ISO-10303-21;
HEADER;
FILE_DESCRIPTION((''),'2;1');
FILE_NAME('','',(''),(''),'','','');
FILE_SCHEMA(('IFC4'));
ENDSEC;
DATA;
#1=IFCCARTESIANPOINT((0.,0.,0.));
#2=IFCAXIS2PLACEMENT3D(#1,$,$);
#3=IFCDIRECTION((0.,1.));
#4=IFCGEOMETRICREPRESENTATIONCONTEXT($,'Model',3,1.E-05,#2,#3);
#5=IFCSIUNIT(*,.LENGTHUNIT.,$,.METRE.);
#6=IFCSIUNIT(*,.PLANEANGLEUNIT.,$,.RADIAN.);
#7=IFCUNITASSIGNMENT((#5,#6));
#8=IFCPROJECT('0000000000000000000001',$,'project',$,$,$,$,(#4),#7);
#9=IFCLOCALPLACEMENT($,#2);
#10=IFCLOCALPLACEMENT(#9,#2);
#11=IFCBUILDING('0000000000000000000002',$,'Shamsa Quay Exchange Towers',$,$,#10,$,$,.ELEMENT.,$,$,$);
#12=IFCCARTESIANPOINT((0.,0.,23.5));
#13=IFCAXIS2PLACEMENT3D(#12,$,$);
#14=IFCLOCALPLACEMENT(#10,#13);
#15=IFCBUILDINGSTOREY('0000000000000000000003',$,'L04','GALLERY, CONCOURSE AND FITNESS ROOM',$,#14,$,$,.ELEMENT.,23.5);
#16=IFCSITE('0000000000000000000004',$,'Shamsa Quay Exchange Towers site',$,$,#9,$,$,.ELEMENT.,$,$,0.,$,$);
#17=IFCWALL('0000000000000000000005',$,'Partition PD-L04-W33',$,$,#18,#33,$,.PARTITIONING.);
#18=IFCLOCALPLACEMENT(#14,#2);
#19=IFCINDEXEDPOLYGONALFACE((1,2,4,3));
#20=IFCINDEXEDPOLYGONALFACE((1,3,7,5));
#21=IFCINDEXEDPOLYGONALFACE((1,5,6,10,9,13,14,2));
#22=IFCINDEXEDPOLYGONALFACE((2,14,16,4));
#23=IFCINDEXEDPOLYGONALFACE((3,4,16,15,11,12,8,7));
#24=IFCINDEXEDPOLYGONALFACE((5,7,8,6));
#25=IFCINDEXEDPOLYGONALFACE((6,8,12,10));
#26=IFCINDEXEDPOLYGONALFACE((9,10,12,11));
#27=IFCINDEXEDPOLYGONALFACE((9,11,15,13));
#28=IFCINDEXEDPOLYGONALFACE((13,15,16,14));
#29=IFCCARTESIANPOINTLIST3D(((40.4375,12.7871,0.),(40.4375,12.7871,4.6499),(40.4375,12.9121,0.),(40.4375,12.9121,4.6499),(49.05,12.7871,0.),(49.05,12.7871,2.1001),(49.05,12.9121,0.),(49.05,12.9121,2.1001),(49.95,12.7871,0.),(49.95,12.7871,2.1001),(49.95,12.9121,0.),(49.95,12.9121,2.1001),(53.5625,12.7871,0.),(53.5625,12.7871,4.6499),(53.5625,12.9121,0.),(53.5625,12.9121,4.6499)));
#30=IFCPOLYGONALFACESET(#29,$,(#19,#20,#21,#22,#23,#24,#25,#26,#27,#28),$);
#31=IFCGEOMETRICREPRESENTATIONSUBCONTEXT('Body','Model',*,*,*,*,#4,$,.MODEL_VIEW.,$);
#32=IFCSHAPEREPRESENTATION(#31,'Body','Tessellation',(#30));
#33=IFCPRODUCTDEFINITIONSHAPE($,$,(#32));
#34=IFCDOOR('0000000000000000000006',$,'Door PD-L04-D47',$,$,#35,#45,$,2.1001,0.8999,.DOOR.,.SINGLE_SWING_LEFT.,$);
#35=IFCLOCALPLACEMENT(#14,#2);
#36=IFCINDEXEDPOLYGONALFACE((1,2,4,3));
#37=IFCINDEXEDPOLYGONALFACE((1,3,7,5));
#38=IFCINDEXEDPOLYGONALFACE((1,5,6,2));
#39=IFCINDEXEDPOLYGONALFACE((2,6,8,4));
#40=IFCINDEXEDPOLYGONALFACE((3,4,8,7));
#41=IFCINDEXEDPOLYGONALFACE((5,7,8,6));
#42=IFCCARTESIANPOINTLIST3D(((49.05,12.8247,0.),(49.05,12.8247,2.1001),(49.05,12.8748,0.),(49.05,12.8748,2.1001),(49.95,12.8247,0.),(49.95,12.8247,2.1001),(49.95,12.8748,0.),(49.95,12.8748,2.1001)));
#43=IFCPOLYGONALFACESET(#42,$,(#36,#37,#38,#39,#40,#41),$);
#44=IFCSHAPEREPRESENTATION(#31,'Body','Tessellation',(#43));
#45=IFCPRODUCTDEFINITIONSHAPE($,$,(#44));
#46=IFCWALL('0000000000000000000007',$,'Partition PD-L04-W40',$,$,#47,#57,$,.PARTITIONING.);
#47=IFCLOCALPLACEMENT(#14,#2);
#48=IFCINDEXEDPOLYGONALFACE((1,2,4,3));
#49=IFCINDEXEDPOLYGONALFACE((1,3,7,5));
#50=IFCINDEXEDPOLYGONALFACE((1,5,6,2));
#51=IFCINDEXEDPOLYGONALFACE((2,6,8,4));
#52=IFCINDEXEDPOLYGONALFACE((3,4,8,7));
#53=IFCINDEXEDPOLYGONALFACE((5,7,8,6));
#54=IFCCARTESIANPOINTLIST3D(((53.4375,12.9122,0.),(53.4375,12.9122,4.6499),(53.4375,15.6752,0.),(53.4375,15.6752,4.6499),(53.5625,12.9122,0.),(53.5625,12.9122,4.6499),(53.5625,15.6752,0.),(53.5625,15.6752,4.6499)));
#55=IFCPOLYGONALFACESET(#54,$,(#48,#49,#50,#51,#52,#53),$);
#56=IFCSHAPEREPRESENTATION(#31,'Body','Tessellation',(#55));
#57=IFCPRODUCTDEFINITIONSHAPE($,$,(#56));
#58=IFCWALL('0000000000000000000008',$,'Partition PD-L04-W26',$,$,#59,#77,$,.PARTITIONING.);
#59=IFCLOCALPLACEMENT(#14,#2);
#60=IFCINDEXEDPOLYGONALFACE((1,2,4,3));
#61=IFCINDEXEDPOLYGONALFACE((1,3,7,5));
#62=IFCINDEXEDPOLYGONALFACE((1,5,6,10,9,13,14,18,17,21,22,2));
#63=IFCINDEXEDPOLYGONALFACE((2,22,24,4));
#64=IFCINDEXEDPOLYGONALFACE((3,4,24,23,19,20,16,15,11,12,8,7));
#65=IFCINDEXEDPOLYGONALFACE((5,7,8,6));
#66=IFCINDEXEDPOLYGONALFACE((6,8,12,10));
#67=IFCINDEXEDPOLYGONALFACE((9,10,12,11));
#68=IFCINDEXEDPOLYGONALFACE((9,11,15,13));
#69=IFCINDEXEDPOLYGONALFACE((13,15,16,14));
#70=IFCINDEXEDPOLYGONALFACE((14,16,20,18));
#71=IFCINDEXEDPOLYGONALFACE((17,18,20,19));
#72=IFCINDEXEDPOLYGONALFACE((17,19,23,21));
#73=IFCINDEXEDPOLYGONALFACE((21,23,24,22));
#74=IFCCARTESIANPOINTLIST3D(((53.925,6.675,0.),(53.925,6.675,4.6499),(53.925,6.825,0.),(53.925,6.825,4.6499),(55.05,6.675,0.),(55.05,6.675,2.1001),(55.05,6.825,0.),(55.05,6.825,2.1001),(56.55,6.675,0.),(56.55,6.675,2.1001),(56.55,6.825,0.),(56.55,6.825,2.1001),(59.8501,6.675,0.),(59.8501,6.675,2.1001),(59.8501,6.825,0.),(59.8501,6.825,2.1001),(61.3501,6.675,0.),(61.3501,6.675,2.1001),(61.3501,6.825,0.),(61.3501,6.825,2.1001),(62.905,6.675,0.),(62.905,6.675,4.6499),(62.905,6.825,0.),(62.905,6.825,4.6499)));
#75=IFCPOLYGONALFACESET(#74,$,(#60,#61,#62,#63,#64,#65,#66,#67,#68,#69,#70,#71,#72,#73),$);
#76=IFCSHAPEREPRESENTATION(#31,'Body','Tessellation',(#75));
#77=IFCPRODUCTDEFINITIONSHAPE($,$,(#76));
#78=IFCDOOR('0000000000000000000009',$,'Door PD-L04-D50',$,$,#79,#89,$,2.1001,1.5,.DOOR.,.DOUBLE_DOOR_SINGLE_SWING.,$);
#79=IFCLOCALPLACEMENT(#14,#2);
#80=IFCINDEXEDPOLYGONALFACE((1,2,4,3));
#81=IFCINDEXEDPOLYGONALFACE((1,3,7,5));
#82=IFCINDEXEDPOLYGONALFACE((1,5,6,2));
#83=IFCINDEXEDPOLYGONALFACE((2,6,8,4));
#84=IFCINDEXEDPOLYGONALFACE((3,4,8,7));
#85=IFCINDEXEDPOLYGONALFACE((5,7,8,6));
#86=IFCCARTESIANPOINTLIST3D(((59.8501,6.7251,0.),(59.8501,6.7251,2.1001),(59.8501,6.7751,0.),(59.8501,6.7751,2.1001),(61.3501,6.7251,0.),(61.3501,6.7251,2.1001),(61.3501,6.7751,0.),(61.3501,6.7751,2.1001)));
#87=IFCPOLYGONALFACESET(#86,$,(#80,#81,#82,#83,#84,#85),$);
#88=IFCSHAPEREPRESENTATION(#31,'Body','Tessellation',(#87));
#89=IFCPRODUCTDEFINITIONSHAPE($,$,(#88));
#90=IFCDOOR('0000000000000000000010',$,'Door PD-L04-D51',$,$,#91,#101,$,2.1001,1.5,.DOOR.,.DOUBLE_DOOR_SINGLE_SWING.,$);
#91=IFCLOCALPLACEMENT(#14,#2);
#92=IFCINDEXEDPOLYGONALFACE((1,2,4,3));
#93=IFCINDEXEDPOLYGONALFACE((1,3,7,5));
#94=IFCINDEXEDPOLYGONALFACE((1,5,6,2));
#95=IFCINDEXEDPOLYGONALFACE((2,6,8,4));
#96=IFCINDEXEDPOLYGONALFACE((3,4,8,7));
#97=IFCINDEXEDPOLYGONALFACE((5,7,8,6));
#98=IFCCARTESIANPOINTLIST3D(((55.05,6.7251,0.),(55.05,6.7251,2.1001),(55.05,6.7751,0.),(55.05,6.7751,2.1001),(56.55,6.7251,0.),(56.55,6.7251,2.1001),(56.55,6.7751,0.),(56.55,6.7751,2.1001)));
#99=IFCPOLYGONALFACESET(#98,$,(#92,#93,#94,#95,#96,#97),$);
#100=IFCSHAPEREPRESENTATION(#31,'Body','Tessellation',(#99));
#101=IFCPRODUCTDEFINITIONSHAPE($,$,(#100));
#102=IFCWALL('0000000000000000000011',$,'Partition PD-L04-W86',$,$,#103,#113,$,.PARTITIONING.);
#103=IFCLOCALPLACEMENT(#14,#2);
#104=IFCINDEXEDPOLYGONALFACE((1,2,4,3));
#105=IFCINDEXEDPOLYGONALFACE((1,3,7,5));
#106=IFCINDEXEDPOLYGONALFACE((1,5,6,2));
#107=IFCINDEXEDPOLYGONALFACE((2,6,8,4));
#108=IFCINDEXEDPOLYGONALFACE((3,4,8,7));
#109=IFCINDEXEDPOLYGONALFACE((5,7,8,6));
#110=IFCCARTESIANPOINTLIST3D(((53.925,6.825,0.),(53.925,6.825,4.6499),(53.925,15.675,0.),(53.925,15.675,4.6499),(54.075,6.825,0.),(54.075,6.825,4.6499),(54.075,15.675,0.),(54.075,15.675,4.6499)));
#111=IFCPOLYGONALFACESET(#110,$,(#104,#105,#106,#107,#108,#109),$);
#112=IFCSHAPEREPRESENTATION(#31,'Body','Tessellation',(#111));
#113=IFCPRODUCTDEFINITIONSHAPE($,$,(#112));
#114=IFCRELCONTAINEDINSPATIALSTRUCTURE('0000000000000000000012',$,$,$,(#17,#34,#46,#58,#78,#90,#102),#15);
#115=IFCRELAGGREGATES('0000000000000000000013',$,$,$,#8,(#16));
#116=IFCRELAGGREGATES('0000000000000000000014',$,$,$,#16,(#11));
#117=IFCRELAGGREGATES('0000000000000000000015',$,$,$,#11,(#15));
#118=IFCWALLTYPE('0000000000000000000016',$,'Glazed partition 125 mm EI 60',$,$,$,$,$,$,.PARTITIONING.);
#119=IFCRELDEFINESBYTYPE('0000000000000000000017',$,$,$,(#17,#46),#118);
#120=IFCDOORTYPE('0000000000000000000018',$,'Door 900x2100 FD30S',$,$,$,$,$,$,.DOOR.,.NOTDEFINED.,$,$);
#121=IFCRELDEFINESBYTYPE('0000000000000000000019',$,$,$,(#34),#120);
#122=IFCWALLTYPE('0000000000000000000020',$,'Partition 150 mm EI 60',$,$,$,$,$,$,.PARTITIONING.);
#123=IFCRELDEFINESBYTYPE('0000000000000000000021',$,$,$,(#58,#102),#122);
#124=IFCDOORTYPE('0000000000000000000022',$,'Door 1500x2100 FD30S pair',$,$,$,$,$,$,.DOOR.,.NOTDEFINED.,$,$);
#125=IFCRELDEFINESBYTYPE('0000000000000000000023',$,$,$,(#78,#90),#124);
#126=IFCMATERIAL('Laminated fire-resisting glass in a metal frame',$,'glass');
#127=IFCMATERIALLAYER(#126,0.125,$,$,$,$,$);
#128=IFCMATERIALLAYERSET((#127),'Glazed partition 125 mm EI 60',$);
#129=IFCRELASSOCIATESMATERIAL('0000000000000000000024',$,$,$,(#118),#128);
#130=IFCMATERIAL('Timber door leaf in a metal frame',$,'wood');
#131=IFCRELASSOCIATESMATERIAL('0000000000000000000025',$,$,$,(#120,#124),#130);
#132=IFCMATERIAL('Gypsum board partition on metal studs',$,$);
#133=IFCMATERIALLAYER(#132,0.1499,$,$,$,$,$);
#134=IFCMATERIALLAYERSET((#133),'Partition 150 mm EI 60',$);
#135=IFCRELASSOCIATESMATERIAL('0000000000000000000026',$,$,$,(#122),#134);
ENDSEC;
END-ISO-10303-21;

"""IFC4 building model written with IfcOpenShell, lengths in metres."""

from ifc_helpers import new_model, si_unit, direction, frame, frame_2d, origin, place, context, subcontext, project, spatial, rectangle, extrude, material, layer, layer_set, type_object, element, fill, save


model = new_model("IFC4")

# Units and contexts
model_context = context("Model", 3, precision=1e-05, world=origin(), true_north=direction((0.0, 1.0)))
body_context = subcontext(model_context, "Body", "Model", "MODEL_VIEW")
ifc_project = project(units=[si_unit("LENGTHUNIT", "METRE"), si_unit("PLANEANGLEUNIT", "RADIAN")], contexts=[model_context])

# Site, building, storey
site_placement = place(None, origin())
site = spatial("IfcSite", under=ifc_project, at=site_placement, Name="Shamsa Quay Exchange Towers site", CompositionType="ELEMENT", RefElevation=0.0)
building_placement = place(site_placement, origin())
building = spatial("IfcBuilding", under=site, at=building_placement, Name="Shamsa Quay Exchange Towers", CompositionType="ELEMENT")
storey_placement = place(building_placement, frame((0.0, 0.0, 23.5)))
storey = spatial("IfcBuildingStorey", under=building, at=storey_placement, Name="L04", Description="GALLERY, CONCOURSE AND FITNESS ROOM", CompositionType="ELEMENT", Elevation=23.5)

# Wall, opening, door
ifc_material_1 = material(Name="Laminated fire-resisting glass in a metal frame", Category="glass")
ifc_layer_1 = layer(ifc_material_1, 0.125)
ifc_layer_set_1 = layer_set([ifc_layer_1], Name="Glazed partition 125 mm EI 60")
wall_type_1 = type_object("IfcWallType", Name="Glazed partition 125 mm EI 60", PredefinedType="PARTITIONING", material=ifc_layer_set_1)
wall_1_placement = place(storey_placement, frame((53.5625, 12.8496, 0.0), z_axis=(0.0, 0.0, 1.0), x_axis=(-1.0, 0.0, 0.0)))
wall_1 = element("IfcWall", 1, at=wall_1_placement, inside=storey, type_object=wall_type_1, Name="Partition PD-L04-W33", PredefinedType="PARTITIONING", context=body_context, shape_type="SweptSolid", body=[
    extrude(rectangle(XDim=13.125, YDim=0.125, at=frame_2d((6.5625, 0.0))), origin(), (0.0, 0.0, 1.0), 4.6499),
])
opening_1_placement = place(wall_1_placement, frame((3.6125, 0.0, 0.0)))
opening_1 = element("IfcOpeningElement", 2, at=opening_1_placement, cuts=wall_1, PredefinedType="OPENING", context=body_context, shape_type="SweptSolid", body=[
    extrude(rectangle(XDim=0.8999, YDim=2.1001, at=frame_2d((0.45, 1.05))), frame((0.0, 0.0725, 0.0), z_axis=(0.0, -1.0, 0.0), x_axis=(1.0, 0.0, 0.0)), (0.0, 0.0, 1.0), 0.145),
])
ifc_material_2 = material(Name="Timber door leaf in a metal frame", Category="wood")
door_type_1 = type_object("IfcDoorType", Name="Door 900x2100 FD30S", OperationType="NOTDEFINED", PredefinedType="DOOR", material=ifc_material_2)
door_1_placement = place(opening_1_placement, origin())
door_1 = element("IfcDoor", 3, at=door_1_placement, inside=storey, type_object=door_type_1, Name="Door PD-L04-D47", OperationType="SINGLE_SWING_LEFT", OverallHeight=2.1001, OverallWidth=0.8999, PredefinedType="DOOR", context=body_context, shape_type="SweptSolid", body=[
    extrude(rectangle(XDim=0.8999, YDim=2.1001, at=frame_2d((0.45, 1.05))), frame((0.0, 0.0249, 0.0), z_axis=(0.0, -1.0, 0.0), x_axis=(1.0, 0.0, 0.0)), (0.0, 0.0, 1.0), 0.05),
])
fill(opening_1, door_1)

# Wall
wall_2_placement = place(storey_placement, frame((53.5, 15.675, 0.0), z_axis=(0.0, 0.0, 1.0), x_axis=(0.0, -1.0, 0.0)))
element("IfcWall", 4, at=wall_2_placement, inside=storey, type_object=wall_type_1, Name="Partition PD-L04-W40", PredefinedType="PARTITIONING", context=body_context, shape_type="SweptSolid", body=[
    extrude(rectangle(XDim=2.7629, YDim=0.125, at=frame_2d((1.3813, 0.0))), origin(), (0.0, 0.0, 1.0), 4.6499),
])

# Wall, openings, doors
ifc_material_3 = material(Name="Gypsum board partition on metal studs")
ifc_layer_2 = layer(ifc_material_3, 0.1499)
ifc_layer_set_2 = layer_set([ifc_layer_2], Name="Partition 150 mm EI 60")
wall_type_2 = type_object("IfcWallType", Name="Partition 150 mm EI 60", PredefinedType="PARTITIONING", material=ifc_layer_set_2)
wall_3_placement = place(storey_placement, frame((62.905, 6.75, 0.0), z_axis=(0.0, 0.0, 1.0), x_axis=(-1.0, 0.0, 0.0)))
wall_3 = element("IfcWall", 5, at=wall_3_placement, inside=storey, type_object=wall_type_2, Name="Partition PD-L04-W26", PredefinedType="PARTITIONING", context=body_context, shape_type="SweptSolid", body=[
    extrude(rectangle(XDim=8.98, YDim=0.1499, at=frame_2d((4.49, 0.0))), origin(), (0.0, 0.0, 1.0), 4.6499),
])
opening_2_placement = place(wall_3_placement, frame((1.5549, 0.0, 0.0)))
opening_2 = element("IfcOpeningElement", 6, at=opening_2_placement, cuts=wall_3, PredefinedType="OPENING", context=body_context, shape_type="SweptSolid", body=[
    extrude(rectangle(XDim=1.5, YDim=2.1001, at=frame_2d((0.75, 1.05))), frame((0.0, 0.085, 0.0), z_axis=(0.0, -1.0, 0.0), x_axis=(1.0, 0.0, 0.0)), (0.0, 0.0, 1.0), 0.1699),
])
opening_3_placement = place(wall_3_placement, frame((6.355, 0.0, 0.0)))
opening_3 = element("IfcOpeningElement", 7, at=opening_3_placement, cuts=wall_3, PredefinedType="OPENING", context=body_context, shape_type="SweptSolid", body=[
    extrude(rectangle(XDim=1.5, YDim=2.1001, at=frame_2d((0.75, 1.05))), frame((0.0, 0.085, 0.0), z_axis=(0.0, -1.0, 0.0), x_axis=(1.0, 0.0, 0.0)), (0.0, 0.0, 1.0), 0.1699),
])
door_type_2 = type_object("IfcDoorType", Name="Door 1500x2100 FD30S pair", OperationType="NOTDEFINED", PredefinedType="DOOR", material=ifc_material_2)
door_2_placement = place(opening_2_placement, origin())
door_2 = element("IfcDoor", 8, at=door_2_placement, inside=storey, type_object=door_type_2, Name="Door PD-L04-D50", OperationType="DOUBLE_DOOR_SINGLE_SWING", OverallHeight=2.1001, OverallWidth=1.5, PredefinedType="DOOR", context=body_context, shape_type="SweptSolid", body=[
    extrude(rectangle(XDim=1.5, YDim=2.1001, at=frame_2d((0.75, 1.05))), frame((0.0, 0.0249, 0.0), z_axis=(0.0, -1.0, 0.0), x_axis=(1.0, 0.0, 0.0)), (0.0, 0.0, 1.0), 0.05),
])
fill(opening_2, door_2)
door_3_placement = place(opening_3_placement, origin())
door_3 = element("IfcDoor", 9, at=door_3_placement, inside=storey, type_object=door_type_2, Name="Door PD-L04-D51", OperationType="DOUBLE_DOOR_SINGLE_SWING", OverallHeight=2.1001, OverallWidth=1.5, PredefinedType="DOOR", context=body_context, shape_type="SweptSolid", body=[
    extrude(rectangle(XDim=1.5, YDim=2.1001, at=frame_2d((0.75, 1.05))), frame((0.0, 0.0249, 0.0), z_axis=(0.0, -1.0, 0.0), x_axis=(1.0, 0.0, 0.0)), (0.0, 0.0, 1.0), 0.05),
])
fill(opening_3, door_3)

# Wall
wall_4_placement = place(storey_placement, frame((54.0, 15.675, 0.0), z_axis=(0.0, 0.0, 1.0), x_axis=(0.0, -1.0, 0.0)))
element("IfcWall", 10, at=wall_4_placement, inside=storey, type_object=wall_type_2, Name="Partition PD-L04-W86", PredefinedType="PARTITIONING", context=body_context, shape_type="SweptSolid", body=[
    extrude(rectangle(XDim=8.8501, YDim=0.1499, at=frame_2d((4.425, 0.0))), origin(), (0.0, 0.0, 1.0), 4.6499),
])

save(model, "model.ifc")
